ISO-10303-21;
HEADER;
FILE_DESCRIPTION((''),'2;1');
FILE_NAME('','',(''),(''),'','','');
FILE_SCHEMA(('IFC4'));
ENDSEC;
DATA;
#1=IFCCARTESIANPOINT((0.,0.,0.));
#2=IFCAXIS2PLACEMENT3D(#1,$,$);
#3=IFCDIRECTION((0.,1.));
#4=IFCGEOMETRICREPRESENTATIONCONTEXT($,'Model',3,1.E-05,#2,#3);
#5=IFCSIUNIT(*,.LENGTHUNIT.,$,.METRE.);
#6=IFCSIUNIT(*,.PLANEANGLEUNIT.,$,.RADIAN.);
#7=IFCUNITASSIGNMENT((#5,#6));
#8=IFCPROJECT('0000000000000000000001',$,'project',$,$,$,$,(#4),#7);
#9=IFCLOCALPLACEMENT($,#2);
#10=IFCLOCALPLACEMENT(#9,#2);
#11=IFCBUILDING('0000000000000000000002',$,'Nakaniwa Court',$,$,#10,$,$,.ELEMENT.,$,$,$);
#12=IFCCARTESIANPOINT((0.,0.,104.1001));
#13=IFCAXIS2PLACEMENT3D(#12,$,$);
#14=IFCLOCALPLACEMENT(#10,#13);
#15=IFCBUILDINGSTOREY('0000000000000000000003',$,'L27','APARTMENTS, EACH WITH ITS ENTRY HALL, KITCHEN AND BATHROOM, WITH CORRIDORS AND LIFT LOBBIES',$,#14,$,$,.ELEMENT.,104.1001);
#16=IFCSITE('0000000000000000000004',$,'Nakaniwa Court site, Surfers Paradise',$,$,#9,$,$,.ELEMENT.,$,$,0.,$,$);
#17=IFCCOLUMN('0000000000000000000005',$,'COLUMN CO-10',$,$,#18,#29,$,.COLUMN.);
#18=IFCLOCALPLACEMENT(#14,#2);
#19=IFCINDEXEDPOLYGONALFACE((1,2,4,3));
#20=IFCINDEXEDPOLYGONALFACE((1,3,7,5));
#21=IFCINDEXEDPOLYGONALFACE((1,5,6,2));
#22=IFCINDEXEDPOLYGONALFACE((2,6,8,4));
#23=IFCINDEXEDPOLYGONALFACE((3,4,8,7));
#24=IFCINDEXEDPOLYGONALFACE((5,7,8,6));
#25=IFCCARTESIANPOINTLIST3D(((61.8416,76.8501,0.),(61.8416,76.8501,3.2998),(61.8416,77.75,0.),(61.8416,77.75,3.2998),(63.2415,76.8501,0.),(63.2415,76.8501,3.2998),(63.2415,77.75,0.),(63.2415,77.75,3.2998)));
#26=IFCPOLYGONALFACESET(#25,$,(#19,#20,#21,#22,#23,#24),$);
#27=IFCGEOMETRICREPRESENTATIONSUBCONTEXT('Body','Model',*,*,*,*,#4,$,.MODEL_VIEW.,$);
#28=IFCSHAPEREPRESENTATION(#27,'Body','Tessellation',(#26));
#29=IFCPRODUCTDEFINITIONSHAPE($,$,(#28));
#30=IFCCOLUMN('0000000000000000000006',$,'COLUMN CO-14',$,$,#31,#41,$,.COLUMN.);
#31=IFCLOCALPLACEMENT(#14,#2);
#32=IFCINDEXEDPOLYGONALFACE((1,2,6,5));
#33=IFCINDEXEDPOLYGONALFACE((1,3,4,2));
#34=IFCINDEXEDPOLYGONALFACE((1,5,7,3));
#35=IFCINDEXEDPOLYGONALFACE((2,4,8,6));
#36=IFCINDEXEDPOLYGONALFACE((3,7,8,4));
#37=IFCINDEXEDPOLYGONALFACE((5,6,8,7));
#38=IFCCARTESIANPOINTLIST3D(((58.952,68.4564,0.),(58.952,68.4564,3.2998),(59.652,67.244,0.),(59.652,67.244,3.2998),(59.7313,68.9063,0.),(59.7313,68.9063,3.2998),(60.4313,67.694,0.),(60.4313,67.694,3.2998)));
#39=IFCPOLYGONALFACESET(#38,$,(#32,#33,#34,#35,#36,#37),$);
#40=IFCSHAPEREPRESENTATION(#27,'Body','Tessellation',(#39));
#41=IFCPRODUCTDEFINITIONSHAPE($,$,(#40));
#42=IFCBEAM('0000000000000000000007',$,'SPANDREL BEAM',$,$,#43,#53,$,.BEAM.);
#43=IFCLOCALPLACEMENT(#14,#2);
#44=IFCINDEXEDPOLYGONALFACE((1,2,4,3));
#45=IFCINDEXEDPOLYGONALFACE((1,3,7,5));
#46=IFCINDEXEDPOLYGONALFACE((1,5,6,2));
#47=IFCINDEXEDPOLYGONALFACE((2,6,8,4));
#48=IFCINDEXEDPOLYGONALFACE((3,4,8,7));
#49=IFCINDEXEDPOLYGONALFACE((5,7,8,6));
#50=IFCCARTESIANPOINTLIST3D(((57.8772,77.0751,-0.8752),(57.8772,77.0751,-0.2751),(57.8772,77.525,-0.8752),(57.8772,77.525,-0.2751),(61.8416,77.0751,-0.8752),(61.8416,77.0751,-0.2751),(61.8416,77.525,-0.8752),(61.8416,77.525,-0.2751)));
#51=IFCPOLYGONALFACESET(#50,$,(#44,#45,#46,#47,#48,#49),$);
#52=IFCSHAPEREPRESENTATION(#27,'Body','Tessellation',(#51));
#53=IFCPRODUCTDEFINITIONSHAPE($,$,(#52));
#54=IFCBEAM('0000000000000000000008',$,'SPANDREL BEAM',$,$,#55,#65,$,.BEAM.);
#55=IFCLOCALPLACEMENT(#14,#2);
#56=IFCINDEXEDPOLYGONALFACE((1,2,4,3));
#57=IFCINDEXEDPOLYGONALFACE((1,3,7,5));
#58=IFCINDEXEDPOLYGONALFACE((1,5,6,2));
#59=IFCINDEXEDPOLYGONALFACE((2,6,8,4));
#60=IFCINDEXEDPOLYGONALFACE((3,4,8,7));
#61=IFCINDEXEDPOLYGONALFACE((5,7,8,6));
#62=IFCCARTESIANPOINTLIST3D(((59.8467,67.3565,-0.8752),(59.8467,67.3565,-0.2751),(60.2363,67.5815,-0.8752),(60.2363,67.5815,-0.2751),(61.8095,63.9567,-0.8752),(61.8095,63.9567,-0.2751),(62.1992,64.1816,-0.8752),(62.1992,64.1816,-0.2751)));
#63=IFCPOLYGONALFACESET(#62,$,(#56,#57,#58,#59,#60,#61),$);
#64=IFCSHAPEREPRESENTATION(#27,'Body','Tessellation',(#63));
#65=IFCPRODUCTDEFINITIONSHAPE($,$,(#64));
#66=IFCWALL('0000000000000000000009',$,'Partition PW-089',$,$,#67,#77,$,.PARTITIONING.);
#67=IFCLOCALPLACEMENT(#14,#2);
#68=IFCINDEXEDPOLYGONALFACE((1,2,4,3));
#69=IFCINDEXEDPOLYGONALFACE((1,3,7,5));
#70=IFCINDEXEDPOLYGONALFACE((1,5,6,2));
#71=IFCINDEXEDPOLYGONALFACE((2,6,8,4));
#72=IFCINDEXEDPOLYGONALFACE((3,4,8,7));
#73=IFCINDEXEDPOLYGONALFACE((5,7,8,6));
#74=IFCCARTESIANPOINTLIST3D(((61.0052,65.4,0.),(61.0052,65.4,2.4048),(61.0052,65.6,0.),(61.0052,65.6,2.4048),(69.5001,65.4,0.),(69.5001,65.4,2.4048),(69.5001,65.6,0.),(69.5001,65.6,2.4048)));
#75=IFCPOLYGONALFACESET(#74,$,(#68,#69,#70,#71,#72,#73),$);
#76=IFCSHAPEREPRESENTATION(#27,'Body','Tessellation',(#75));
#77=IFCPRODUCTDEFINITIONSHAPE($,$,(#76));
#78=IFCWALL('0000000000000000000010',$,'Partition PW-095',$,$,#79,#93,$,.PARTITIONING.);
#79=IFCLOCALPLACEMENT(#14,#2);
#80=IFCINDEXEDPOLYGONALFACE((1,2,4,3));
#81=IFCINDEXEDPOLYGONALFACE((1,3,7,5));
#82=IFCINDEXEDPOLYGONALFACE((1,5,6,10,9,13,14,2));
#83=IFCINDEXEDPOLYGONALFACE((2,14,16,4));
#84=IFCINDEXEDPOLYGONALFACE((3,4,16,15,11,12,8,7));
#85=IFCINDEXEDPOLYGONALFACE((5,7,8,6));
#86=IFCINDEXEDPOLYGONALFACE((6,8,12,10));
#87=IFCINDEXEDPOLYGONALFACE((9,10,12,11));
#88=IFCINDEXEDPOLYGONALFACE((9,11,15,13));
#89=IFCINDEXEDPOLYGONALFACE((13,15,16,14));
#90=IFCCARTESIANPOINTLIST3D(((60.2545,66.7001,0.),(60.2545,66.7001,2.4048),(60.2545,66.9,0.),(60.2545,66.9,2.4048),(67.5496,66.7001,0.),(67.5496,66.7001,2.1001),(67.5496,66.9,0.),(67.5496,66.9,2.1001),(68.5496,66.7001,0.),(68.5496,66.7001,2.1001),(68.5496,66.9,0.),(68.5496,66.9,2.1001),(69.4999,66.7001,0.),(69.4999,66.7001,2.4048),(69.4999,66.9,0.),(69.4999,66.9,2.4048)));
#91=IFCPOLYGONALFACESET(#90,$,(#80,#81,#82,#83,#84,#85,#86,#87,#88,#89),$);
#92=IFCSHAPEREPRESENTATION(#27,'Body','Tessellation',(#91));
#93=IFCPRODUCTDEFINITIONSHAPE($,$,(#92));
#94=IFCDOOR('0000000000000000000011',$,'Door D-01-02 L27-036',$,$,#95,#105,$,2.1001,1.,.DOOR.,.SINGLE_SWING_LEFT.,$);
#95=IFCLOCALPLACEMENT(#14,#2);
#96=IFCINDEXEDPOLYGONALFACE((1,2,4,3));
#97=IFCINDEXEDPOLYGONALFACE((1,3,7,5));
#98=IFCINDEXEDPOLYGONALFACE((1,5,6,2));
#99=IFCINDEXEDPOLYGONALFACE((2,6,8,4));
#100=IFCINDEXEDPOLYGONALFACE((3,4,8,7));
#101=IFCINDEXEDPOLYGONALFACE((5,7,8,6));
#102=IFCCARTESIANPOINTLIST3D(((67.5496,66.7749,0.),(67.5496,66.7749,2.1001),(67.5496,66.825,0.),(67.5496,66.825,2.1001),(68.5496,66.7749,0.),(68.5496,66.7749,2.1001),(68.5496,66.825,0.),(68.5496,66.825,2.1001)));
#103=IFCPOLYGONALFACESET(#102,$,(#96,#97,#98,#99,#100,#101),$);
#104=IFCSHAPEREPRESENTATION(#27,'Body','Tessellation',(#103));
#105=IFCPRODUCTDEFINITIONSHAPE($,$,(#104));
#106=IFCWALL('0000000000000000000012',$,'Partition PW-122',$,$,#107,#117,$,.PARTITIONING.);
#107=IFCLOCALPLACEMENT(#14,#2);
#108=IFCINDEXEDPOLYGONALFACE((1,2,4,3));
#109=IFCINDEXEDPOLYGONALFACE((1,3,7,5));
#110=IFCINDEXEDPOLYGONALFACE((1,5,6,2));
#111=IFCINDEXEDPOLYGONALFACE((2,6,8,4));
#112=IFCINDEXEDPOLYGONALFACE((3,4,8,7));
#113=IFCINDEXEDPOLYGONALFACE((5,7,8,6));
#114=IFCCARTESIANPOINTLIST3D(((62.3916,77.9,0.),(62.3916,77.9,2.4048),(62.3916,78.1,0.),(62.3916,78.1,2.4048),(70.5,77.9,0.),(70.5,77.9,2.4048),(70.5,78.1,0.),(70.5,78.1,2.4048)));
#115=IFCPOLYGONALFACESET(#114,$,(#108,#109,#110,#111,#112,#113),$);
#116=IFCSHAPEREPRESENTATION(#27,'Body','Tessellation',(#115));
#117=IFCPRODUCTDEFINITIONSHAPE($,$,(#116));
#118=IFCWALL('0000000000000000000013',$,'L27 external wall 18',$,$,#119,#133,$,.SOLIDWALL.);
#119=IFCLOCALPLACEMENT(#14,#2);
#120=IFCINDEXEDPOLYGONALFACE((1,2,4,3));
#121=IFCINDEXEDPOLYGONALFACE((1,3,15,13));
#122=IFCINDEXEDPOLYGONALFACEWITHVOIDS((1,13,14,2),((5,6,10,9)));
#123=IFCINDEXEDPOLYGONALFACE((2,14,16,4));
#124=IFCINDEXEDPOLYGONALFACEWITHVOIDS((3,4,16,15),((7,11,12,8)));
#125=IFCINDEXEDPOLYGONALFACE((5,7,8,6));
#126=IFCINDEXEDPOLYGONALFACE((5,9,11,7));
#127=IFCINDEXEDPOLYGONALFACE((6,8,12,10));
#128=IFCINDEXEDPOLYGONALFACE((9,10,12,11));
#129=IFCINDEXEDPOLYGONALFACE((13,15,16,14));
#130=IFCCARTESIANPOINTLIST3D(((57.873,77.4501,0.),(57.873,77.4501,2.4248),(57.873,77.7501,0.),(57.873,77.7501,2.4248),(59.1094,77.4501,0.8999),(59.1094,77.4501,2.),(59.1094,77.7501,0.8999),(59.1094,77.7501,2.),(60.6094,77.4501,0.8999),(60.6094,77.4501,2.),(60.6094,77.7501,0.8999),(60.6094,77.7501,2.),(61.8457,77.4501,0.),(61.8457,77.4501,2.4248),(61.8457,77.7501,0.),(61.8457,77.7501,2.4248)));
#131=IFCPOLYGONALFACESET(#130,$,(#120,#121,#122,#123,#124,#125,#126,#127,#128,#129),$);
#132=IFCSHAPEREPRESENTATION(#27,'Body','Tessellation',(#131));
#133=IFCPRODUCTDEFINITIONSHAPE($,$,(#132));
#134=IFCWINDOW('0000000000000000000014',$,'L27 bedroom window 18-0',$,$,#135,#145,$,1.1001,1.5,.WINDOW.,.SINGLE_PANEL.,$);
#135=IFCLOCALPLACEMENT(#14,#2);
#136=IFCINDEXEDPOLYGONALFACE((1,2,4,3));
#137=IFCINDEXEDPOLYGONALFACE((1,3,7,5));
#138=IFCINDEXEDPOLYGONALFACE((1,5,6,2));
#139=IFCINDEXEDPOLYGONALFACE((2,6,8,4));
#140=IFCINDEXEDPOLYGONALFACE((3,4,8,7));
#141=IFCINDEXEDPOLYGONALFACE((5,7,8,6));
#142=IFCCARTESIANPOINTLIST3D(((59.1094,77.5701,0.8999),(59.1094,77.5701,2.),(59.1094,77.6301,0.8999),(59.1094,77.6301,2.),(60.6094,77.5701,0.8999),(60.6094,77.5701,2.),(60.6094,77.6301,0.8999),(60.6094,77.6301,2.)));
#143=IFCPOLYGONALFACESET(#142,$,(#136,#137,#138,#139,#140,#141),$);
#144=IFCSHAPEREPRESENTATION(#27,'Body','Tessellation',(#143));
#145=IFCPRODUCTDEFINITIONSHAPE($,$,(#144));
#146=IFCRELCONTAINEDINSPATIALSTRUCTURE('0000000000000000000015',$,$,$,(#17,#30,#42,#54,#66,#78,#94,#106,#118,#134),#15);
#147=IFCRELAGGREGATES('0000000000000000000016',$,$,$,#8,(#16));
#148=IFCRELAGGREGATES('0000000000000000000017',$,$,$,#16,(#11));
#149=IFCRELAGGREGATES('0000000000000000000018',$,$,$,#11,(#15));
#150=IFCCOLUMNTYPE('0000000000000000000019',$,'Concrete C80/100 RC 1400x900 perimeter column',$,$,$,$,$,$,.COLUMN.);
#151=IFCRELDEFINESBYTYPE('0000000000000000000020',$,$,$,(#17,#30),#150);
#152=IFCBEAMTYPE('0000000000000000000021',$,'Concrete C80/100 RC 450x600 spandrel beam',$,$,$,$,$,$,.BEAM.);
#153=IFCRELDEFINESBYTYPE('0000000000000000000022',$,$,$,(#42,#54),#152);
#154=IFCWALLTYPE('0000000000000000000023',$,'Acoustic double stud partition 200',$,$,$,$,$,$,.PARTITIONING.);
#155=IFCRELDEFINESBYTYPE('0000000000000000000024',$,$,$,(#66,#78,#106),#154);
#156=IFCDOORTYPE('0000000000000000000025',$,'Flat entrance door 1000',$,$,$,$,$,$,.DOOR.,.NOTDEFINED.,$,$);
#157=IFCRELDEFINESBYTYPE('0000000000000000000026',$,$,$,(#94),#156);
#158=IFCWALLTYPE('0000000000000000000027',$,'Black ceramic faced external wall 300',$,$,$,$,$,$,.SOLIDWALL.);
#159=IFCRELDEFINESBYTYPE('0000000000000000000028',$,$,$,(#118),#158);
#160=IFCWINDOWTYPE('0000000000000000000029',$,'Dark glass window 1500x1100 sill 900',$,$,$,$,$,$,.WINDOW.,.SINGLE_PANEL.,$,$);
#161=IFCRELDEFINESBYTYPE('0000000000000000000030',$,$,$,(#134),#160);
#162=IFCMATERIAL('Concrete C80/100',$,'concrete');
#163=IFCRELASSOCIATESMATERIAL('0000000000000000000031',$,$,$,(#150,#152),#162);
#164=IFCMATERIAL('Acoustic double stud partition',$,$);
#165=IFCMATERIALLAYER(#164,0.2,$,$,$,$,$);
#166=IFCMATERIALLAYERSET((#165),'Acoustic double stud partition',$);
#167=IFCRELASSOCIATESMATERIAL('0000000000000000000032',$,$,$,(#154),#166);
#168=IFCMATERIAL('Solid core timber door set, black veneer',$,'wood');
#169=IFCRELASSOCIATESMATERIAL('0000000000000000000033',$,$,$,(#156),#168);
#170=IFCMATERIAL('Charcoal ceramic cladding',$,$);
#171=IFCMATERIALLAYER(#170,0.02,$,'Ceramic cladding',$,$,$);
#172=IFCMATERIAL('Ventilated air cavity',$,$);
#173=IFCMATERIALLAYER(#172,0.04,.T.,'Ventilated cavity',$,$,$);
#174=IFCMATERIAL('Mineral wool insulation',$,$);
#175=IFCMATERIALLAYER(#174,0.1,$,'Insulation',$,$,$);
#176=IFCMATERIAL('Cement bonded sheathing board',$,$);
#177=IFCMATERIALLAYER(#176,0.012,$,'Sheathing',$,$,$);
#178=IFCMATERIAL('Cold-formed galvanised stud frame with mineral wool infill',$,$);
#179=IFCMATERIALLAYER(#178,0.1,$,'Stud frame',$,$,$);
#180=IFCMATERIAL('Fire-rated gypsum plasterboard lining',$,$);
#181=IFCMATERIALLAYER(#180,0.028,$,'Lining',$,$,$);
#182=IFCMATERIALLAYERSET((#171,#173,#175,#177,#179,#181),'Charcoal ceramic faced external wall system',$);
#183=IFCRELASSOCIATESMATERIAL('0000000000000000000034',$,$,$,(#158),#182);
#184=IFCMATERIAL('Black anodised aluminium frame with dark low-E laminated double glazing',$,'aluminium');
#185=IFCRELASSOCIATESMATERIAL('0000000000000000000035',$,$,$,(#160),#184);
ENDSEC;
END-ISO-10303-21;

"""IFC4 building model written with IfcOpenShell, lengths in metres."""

from ifc_helpers import new_model, si_unit, direction, frame, frame_2d, origin, origin_2d, place, context, subcontext, project, spatial, rectangle, extrude, material, layer, layer_set, material_profile, profile_set, type_object, element, fill, save


model = new_model("IFC4")

# Units and contexts
model_context = context("Model", 3, precision=1e-05, world=origin(), true_north=direction((0.0, 1.0)))
body_context = subcontext(model_context, "Body", "Model", "MODEL_VIEW")
ifc_project = project(units=[si_unit("LENGTHUNIT", "METRE"), si_unit("PLANEANGLEUNIT", "RADIAN")], contexts=[model_context])

# Site, building, storey
site_placement = place(None, origin())
site = spatial("IfcSite", under=ifc_project, at=site_placement, Name="Nakaniwa Court site, Surfers Paradise", CompositionType="ELEMENT", RefElevation=0.0)
building_placement = place(site_placement, origin())
building = spatial("IfcBuilding", under=site, at=building_placement, Name="Nakaniwa Court", CompositionType="ELEMENT")
storey_placement = place(building_placement, frame((0.0, 0.0, 104.1001)))
storey = spatial("IfcBuildingStorey", under=building, at=storey_placement, Name="L27", Description="APARTMENTS, EACH WITH ITS ENTRY HALL, KITCHEN AND BATHROOM, WITH CORRIDORS AND LIFT LOBBIES", CompositionType="ELEMENT", Elevation=104.1001)

# Columns
ifc_material_1 = material(Name="Concrete C80/100", Category="concrete")
ifc_material_profile_1 = material_profile(ifc_material_1, rectangle(XDim=1.3999, YDim=0.8999, at=origin_2d()), Name="Concrete C80/100 RC 1400x900 perimeter column")
ifc_profile_set_1 = profile_set([ifc_material_profile_1], Name="Concrete C80/100")
column_type = type_object("IfcColumnType", Name="Concrete C80/100 RC 1400x900 perimeter column", PredefinedType="COLUMN", material=ifc_profile_set_1)
for number, where, z_axis, x_axis, name in (
    (1, (62.5415, 77.3, 0.0), (0.0, 0.0, 1.0), (-1.0, 0.0, 0.0), "COLUMN CO-10"),
    (2, (59.6917, 68.0752, 0.0), (0.0, 0.0, 1.0), (0.5, -0.866025, 0.0), "COLUMN CO-14"),
):
    element("IfcColumn", number, at=place(storey_placement, frame(where, z_axis=z_axis, x_axis=x_axis)), inside=storey, type_object=column_type, Name=name, PredefinedType="COLUMN", context=body_context, shape_type="SweptSolid", body=[
        extrude(rectangle(XDim=1.3999, YDim=0.8999, at=origin_2d()), origin(), (0.0, 0.0, 1.0), 3.2998),
    ])

# Beams
ifc_material_profile_2 = material_profile(ifc_material_1, rectangle(XDim=0.45, YDim=0.6001, at=origin_2d()), Name="Concrete C80/100 RC 450x600 spandrel beam")
ifc_profile_set_2 = profile_set([ifc_material_profile_2], Name="Concrete C80/100")
beam_type = type_object("IfcBeamType", Name="Concrete C80/100 RC 450x600 spandrel beam", PredefinedType="BEAM", material=ifc_profile_set_2)
beam_1_placement = place(storey_placement, frame((61.8416, 77.3, -0.5752), z_axis=(-1.0, 0.0, 0.0), x_axis=(0.0, -1.0, 0.0)))
element("IfcBeam", 3, at=beam_1_placement, inside=storey, type_object=beam_type, Name="SPANDREL BEAM", PredefinedType="BEAM", context=body_context, shape_type="SweptSolid", body=[
    extrude(rectangle(XDim=0.45, YDim=0.6001, at=origin_2d()), origin(), (0.0, 0.0, 1.0), 3.9644),
])
beam_2_placement = place(storey_placement, frame((60.0415, 67.469, -0.5752), z_axis=(0.499992, -0.86603, 0.0), x_axis=(0.86603, 0.499992, 0.0)))
element("IfcBeam", 4, at=beam_2_placement, inside=storey, type_object=beam_type, Name="SPANDREL BEAM", PredefinedType="BEAM", context=body_context, shape_type="SweptSolid", body=[
    extrude(rectangle(XDim=0.45, YDim=0.6001, at=origin_2d()), origin(), (0.0, 0.0, 1.0), 3.9258),
])

# Wall
ifc_material_2 = material(Name="Acoustic double stud partition")
ifc_layer_1 = layer(ifc_material_2, 0.2)
ifc_layer_set_1 = layer_set([ifc_layer_1], Name="Acoustic double stud partition")
wall_type_1 = type_object("IfcWallType", Name="Acoustic double stud partition 200", PredefinedType="PARTITIONING", material=ifc_layer_set_1)
wall_1_placement = place(storey_placement, frame((61.0051, 65.5, 0.0), z_axis=(0.0, 0.0, 1.0), x_axis=(1.0, 0.0, 0.0)))
element("IfcWall", 5, at=wall_1_placement, inside=storey, type_object=wall_type_1, Name="Partition PW-089", PredefinedType="PARTITIONING", context=body_context, shape_type="SweptSolid", body=[
    extrude(rectangle(XDim=8.4949, YDim=0.2, at=frame_2d((4.2476, 0.0))), origin(), (0.0, 0.0, 1.0), 2.4048),
])

# Wall, opening, door
wall_2_placement = place(storey_placement, frame((60.2546, 66.8, 0.0), z_axis=(0.0, 0.0, 1.0), x_axis=(1.0, 0.0, 0.0)))
wall_2 = element("IfcWall", 6, at=wall_2_placement, inside=storey, type_object=wall_type_1, Name="Partition PW-095", PredefinedType="PARTITIONING", context=body_context, shape_type="SweptSolid", body=[
    extrude(rectangle(XDim=9.2454, YDim=0.2, at=frame_2d((4.6226, 0.0))), origin(), (0.0, 0.0, 1.0), 2.4048),
])
opening_1_placement = place(wall_2_placement, frame((7.2949, 0.0, 0.0)))
opening_1 = element("IfcOpeningElement", 7, at=opening_1_placement, cuts=wall_2, PredefinedType="OPENING", context=body_context, shape_type="SweptSolid", body=[
    extrude(rectangle(XDim=1.0, YDim=2.1001, at=frame_2d((0.5, 1.05))), frame((0.0, 0.1099, 0.0), z_axis=(0.0, -1.0, 0.0), x_axis=(1.0, 0.0, 0.0)), (0.0, 0.0, 1.0), 0.22),
])
ifc_material_3 = material(Name="Solid core timber door set, black veneer", Category="wood")
door_type_1 = type_object("IfcDoorType", Name="Flat entrance door 1000", OperationType="NOTDEFINED", PredefinedType="DOOR", material=ifc_material_3)
door_1_placement = place(opening_1_placement, origin())
door_1 = element("IfcDoor", 8, at=door_1_placement, inside=storey, type_object=door_type_1, Name="Door D-01-02 L27-036", OperationType="SINGLE_SWING_LEFT", OverallHeight=2.1001, OverallWidth=1.0, PredefinedType="DOOR", context=body_context, shape_type="SweptSolid", body=[
    extrude(rectangle(XDim=1.0, YDim=2.1001, at=frame_2d((0.5, 1.05))), frame((0.0, 0.0249, 0.0), z_axis=(0.0, -1.0, 0.0), x_axis=(1.0, 0.0, 0.0)), (0.0, 0.0, 1.0), 0.05),
])
fill(opening_1, door_1)

# Wall
wall_3_placement = place(storey_placement, frame((62.3916, 78.0, 0.0), z_axis=(0.0, 0.0, 1.0), x_axis=(1.0, 0.0, 0.0)))
element("IfcWall", 9, at=wall_3_placement, inside=storey, type_object=wall_type_1, Name="Partition PW-122", PredefinedType="PARTITIONING", context=body_context, shape_type="SweptSolid", body=[
    extrude(rectangle(XDim=8.1084, YDim=0.2, at=frame_2d((4.0542, 0.0))), origin(), (0.0, 0.0, 1.0), 2.4048),
])

# Wall, opening, window
ifc_material_4 = material(Name="Charcoal ceramic cladding")
ifc_layer_2 = layer(ifc_material_4, 0.02, Name="Ceramic cladding")
ifc_material_5 = material(Name="Ventilated air cavity")
ifc_layer_3 = layer(ifc_material_5, 0.04, ventilated=True, Name="Ventilated cavity")
ifc_material_6 = material(Name="Mineral wool insulation")
ifc_layer_4 = layer(ifc_material_6, 0.1, Name="Insulation")
ifc_material_7 = material(Name="Cement bonded sheathing board")
ifc_layer_5 = layer(ifc_material_7, 0.012, Name="Sheathing")
ifc_material_8 = material(Name="Cold-formed galvanised stud frame with mineral wool infill")
ifc_layer_6 = layer(ifc_material_8, 0.1, Name="Stud frame")
ifc_material_9 = material(Name="Fire-rated gypsum plasterboard lining")
ifc_layer_7 = layer(ifc_material_9, 0.028, Name="Lining")
ifc_layer_set_2 = layer_set([ifc_layer_2, ifc_layer_3, ifc_layer_4, ifc_layer_5, ifc_layer_6, ifc_layer_7], Name="Charcoal ceramic faced external wall system")
wall_type_2 = type_object("IfcWallType", Name="Black ceramic faced external wall 300", PredefinedType="SOLIDWALL", material=ifc_layer_set_2)
wall_4_placement = place(storey_placement, frame((61.8457, 77.6001, 0.0), z_axis=(0.0, 0.0, 1.0), x_axis=(-1.0, 0.0, 0.0)))
wall_4 = element("IfcWall", 10, at=wall_4_placement, inside=storey, type_object=wall_type_2, Name="L27 external wall 18", PredefinedType="SOLIDWALL", context=body_context, shape_type="SweptSolid", body=[
    extrude(rectangle(XDim=3.9727, YDim=0.3, at=frame_2d((1.9863, 0.0))), origin(), (0.0, 0.0, 1.0), 2.4248),
])
opening_2_placement = place(wall_4_placement, frame((1.2363, 0.0, 0.8999)))
opening_2 = element("IfcOpeningElement", 11, at=opening_2_placement, cuts=wall_4, PredefinedType="OPENING", context=body_context, shape_type="SweptSolid", body=[
    extrude(rectangle(XDim=1.5, YDim=1.1001, at=frame_2d((0.75, 0.55))), frame((0.0, 0.1599, 0.0), z_axis=(0.0, -1.0, 0.0), x_axis=(1.0, 0.0, 0.0)), (0.0, 0.0, 1.0), 0.3201),
])
ifc_material_10 = material(Name="Black anodised aluminium frame with dark low-E laminated double glazing", Category="aluminium")
window_type_1 = type_object("IfcWindowType", Name="Dark glass window 1500x1100 sill 900", PartitioningType="SINGLE_PANEL", PredefinedType="WINDOW", material=ifc_material_10)
window_1_placement = place(opening_2_placement, origin())
window_1 = element("IfcWindow", 12, at=window_1_placement, inside=storey, type_object=window_type_1, Name="L27 bedroom window 18-0", OverallHeight=1.1001, OverallWidth=1.5, PartitioningType="SINGLE_PANEL", PredefinedType="WINDOW", context=body_context, shape_type="SweptSolid", body=[
    extrude(rectangle(XDim=1.5, YDim=1.1001, at=frame_2d((0.75, 0.55))), frame((0.0, 0.03, 0.0), z_axis=(0.0, -1.0, 0.0), x_axis=(1.0, 0.0, 0.0)), (0.0, 0.0, 1.0), 0.0601),
])
fill(opening_2, window_1)

save(model, "model.ifc")
